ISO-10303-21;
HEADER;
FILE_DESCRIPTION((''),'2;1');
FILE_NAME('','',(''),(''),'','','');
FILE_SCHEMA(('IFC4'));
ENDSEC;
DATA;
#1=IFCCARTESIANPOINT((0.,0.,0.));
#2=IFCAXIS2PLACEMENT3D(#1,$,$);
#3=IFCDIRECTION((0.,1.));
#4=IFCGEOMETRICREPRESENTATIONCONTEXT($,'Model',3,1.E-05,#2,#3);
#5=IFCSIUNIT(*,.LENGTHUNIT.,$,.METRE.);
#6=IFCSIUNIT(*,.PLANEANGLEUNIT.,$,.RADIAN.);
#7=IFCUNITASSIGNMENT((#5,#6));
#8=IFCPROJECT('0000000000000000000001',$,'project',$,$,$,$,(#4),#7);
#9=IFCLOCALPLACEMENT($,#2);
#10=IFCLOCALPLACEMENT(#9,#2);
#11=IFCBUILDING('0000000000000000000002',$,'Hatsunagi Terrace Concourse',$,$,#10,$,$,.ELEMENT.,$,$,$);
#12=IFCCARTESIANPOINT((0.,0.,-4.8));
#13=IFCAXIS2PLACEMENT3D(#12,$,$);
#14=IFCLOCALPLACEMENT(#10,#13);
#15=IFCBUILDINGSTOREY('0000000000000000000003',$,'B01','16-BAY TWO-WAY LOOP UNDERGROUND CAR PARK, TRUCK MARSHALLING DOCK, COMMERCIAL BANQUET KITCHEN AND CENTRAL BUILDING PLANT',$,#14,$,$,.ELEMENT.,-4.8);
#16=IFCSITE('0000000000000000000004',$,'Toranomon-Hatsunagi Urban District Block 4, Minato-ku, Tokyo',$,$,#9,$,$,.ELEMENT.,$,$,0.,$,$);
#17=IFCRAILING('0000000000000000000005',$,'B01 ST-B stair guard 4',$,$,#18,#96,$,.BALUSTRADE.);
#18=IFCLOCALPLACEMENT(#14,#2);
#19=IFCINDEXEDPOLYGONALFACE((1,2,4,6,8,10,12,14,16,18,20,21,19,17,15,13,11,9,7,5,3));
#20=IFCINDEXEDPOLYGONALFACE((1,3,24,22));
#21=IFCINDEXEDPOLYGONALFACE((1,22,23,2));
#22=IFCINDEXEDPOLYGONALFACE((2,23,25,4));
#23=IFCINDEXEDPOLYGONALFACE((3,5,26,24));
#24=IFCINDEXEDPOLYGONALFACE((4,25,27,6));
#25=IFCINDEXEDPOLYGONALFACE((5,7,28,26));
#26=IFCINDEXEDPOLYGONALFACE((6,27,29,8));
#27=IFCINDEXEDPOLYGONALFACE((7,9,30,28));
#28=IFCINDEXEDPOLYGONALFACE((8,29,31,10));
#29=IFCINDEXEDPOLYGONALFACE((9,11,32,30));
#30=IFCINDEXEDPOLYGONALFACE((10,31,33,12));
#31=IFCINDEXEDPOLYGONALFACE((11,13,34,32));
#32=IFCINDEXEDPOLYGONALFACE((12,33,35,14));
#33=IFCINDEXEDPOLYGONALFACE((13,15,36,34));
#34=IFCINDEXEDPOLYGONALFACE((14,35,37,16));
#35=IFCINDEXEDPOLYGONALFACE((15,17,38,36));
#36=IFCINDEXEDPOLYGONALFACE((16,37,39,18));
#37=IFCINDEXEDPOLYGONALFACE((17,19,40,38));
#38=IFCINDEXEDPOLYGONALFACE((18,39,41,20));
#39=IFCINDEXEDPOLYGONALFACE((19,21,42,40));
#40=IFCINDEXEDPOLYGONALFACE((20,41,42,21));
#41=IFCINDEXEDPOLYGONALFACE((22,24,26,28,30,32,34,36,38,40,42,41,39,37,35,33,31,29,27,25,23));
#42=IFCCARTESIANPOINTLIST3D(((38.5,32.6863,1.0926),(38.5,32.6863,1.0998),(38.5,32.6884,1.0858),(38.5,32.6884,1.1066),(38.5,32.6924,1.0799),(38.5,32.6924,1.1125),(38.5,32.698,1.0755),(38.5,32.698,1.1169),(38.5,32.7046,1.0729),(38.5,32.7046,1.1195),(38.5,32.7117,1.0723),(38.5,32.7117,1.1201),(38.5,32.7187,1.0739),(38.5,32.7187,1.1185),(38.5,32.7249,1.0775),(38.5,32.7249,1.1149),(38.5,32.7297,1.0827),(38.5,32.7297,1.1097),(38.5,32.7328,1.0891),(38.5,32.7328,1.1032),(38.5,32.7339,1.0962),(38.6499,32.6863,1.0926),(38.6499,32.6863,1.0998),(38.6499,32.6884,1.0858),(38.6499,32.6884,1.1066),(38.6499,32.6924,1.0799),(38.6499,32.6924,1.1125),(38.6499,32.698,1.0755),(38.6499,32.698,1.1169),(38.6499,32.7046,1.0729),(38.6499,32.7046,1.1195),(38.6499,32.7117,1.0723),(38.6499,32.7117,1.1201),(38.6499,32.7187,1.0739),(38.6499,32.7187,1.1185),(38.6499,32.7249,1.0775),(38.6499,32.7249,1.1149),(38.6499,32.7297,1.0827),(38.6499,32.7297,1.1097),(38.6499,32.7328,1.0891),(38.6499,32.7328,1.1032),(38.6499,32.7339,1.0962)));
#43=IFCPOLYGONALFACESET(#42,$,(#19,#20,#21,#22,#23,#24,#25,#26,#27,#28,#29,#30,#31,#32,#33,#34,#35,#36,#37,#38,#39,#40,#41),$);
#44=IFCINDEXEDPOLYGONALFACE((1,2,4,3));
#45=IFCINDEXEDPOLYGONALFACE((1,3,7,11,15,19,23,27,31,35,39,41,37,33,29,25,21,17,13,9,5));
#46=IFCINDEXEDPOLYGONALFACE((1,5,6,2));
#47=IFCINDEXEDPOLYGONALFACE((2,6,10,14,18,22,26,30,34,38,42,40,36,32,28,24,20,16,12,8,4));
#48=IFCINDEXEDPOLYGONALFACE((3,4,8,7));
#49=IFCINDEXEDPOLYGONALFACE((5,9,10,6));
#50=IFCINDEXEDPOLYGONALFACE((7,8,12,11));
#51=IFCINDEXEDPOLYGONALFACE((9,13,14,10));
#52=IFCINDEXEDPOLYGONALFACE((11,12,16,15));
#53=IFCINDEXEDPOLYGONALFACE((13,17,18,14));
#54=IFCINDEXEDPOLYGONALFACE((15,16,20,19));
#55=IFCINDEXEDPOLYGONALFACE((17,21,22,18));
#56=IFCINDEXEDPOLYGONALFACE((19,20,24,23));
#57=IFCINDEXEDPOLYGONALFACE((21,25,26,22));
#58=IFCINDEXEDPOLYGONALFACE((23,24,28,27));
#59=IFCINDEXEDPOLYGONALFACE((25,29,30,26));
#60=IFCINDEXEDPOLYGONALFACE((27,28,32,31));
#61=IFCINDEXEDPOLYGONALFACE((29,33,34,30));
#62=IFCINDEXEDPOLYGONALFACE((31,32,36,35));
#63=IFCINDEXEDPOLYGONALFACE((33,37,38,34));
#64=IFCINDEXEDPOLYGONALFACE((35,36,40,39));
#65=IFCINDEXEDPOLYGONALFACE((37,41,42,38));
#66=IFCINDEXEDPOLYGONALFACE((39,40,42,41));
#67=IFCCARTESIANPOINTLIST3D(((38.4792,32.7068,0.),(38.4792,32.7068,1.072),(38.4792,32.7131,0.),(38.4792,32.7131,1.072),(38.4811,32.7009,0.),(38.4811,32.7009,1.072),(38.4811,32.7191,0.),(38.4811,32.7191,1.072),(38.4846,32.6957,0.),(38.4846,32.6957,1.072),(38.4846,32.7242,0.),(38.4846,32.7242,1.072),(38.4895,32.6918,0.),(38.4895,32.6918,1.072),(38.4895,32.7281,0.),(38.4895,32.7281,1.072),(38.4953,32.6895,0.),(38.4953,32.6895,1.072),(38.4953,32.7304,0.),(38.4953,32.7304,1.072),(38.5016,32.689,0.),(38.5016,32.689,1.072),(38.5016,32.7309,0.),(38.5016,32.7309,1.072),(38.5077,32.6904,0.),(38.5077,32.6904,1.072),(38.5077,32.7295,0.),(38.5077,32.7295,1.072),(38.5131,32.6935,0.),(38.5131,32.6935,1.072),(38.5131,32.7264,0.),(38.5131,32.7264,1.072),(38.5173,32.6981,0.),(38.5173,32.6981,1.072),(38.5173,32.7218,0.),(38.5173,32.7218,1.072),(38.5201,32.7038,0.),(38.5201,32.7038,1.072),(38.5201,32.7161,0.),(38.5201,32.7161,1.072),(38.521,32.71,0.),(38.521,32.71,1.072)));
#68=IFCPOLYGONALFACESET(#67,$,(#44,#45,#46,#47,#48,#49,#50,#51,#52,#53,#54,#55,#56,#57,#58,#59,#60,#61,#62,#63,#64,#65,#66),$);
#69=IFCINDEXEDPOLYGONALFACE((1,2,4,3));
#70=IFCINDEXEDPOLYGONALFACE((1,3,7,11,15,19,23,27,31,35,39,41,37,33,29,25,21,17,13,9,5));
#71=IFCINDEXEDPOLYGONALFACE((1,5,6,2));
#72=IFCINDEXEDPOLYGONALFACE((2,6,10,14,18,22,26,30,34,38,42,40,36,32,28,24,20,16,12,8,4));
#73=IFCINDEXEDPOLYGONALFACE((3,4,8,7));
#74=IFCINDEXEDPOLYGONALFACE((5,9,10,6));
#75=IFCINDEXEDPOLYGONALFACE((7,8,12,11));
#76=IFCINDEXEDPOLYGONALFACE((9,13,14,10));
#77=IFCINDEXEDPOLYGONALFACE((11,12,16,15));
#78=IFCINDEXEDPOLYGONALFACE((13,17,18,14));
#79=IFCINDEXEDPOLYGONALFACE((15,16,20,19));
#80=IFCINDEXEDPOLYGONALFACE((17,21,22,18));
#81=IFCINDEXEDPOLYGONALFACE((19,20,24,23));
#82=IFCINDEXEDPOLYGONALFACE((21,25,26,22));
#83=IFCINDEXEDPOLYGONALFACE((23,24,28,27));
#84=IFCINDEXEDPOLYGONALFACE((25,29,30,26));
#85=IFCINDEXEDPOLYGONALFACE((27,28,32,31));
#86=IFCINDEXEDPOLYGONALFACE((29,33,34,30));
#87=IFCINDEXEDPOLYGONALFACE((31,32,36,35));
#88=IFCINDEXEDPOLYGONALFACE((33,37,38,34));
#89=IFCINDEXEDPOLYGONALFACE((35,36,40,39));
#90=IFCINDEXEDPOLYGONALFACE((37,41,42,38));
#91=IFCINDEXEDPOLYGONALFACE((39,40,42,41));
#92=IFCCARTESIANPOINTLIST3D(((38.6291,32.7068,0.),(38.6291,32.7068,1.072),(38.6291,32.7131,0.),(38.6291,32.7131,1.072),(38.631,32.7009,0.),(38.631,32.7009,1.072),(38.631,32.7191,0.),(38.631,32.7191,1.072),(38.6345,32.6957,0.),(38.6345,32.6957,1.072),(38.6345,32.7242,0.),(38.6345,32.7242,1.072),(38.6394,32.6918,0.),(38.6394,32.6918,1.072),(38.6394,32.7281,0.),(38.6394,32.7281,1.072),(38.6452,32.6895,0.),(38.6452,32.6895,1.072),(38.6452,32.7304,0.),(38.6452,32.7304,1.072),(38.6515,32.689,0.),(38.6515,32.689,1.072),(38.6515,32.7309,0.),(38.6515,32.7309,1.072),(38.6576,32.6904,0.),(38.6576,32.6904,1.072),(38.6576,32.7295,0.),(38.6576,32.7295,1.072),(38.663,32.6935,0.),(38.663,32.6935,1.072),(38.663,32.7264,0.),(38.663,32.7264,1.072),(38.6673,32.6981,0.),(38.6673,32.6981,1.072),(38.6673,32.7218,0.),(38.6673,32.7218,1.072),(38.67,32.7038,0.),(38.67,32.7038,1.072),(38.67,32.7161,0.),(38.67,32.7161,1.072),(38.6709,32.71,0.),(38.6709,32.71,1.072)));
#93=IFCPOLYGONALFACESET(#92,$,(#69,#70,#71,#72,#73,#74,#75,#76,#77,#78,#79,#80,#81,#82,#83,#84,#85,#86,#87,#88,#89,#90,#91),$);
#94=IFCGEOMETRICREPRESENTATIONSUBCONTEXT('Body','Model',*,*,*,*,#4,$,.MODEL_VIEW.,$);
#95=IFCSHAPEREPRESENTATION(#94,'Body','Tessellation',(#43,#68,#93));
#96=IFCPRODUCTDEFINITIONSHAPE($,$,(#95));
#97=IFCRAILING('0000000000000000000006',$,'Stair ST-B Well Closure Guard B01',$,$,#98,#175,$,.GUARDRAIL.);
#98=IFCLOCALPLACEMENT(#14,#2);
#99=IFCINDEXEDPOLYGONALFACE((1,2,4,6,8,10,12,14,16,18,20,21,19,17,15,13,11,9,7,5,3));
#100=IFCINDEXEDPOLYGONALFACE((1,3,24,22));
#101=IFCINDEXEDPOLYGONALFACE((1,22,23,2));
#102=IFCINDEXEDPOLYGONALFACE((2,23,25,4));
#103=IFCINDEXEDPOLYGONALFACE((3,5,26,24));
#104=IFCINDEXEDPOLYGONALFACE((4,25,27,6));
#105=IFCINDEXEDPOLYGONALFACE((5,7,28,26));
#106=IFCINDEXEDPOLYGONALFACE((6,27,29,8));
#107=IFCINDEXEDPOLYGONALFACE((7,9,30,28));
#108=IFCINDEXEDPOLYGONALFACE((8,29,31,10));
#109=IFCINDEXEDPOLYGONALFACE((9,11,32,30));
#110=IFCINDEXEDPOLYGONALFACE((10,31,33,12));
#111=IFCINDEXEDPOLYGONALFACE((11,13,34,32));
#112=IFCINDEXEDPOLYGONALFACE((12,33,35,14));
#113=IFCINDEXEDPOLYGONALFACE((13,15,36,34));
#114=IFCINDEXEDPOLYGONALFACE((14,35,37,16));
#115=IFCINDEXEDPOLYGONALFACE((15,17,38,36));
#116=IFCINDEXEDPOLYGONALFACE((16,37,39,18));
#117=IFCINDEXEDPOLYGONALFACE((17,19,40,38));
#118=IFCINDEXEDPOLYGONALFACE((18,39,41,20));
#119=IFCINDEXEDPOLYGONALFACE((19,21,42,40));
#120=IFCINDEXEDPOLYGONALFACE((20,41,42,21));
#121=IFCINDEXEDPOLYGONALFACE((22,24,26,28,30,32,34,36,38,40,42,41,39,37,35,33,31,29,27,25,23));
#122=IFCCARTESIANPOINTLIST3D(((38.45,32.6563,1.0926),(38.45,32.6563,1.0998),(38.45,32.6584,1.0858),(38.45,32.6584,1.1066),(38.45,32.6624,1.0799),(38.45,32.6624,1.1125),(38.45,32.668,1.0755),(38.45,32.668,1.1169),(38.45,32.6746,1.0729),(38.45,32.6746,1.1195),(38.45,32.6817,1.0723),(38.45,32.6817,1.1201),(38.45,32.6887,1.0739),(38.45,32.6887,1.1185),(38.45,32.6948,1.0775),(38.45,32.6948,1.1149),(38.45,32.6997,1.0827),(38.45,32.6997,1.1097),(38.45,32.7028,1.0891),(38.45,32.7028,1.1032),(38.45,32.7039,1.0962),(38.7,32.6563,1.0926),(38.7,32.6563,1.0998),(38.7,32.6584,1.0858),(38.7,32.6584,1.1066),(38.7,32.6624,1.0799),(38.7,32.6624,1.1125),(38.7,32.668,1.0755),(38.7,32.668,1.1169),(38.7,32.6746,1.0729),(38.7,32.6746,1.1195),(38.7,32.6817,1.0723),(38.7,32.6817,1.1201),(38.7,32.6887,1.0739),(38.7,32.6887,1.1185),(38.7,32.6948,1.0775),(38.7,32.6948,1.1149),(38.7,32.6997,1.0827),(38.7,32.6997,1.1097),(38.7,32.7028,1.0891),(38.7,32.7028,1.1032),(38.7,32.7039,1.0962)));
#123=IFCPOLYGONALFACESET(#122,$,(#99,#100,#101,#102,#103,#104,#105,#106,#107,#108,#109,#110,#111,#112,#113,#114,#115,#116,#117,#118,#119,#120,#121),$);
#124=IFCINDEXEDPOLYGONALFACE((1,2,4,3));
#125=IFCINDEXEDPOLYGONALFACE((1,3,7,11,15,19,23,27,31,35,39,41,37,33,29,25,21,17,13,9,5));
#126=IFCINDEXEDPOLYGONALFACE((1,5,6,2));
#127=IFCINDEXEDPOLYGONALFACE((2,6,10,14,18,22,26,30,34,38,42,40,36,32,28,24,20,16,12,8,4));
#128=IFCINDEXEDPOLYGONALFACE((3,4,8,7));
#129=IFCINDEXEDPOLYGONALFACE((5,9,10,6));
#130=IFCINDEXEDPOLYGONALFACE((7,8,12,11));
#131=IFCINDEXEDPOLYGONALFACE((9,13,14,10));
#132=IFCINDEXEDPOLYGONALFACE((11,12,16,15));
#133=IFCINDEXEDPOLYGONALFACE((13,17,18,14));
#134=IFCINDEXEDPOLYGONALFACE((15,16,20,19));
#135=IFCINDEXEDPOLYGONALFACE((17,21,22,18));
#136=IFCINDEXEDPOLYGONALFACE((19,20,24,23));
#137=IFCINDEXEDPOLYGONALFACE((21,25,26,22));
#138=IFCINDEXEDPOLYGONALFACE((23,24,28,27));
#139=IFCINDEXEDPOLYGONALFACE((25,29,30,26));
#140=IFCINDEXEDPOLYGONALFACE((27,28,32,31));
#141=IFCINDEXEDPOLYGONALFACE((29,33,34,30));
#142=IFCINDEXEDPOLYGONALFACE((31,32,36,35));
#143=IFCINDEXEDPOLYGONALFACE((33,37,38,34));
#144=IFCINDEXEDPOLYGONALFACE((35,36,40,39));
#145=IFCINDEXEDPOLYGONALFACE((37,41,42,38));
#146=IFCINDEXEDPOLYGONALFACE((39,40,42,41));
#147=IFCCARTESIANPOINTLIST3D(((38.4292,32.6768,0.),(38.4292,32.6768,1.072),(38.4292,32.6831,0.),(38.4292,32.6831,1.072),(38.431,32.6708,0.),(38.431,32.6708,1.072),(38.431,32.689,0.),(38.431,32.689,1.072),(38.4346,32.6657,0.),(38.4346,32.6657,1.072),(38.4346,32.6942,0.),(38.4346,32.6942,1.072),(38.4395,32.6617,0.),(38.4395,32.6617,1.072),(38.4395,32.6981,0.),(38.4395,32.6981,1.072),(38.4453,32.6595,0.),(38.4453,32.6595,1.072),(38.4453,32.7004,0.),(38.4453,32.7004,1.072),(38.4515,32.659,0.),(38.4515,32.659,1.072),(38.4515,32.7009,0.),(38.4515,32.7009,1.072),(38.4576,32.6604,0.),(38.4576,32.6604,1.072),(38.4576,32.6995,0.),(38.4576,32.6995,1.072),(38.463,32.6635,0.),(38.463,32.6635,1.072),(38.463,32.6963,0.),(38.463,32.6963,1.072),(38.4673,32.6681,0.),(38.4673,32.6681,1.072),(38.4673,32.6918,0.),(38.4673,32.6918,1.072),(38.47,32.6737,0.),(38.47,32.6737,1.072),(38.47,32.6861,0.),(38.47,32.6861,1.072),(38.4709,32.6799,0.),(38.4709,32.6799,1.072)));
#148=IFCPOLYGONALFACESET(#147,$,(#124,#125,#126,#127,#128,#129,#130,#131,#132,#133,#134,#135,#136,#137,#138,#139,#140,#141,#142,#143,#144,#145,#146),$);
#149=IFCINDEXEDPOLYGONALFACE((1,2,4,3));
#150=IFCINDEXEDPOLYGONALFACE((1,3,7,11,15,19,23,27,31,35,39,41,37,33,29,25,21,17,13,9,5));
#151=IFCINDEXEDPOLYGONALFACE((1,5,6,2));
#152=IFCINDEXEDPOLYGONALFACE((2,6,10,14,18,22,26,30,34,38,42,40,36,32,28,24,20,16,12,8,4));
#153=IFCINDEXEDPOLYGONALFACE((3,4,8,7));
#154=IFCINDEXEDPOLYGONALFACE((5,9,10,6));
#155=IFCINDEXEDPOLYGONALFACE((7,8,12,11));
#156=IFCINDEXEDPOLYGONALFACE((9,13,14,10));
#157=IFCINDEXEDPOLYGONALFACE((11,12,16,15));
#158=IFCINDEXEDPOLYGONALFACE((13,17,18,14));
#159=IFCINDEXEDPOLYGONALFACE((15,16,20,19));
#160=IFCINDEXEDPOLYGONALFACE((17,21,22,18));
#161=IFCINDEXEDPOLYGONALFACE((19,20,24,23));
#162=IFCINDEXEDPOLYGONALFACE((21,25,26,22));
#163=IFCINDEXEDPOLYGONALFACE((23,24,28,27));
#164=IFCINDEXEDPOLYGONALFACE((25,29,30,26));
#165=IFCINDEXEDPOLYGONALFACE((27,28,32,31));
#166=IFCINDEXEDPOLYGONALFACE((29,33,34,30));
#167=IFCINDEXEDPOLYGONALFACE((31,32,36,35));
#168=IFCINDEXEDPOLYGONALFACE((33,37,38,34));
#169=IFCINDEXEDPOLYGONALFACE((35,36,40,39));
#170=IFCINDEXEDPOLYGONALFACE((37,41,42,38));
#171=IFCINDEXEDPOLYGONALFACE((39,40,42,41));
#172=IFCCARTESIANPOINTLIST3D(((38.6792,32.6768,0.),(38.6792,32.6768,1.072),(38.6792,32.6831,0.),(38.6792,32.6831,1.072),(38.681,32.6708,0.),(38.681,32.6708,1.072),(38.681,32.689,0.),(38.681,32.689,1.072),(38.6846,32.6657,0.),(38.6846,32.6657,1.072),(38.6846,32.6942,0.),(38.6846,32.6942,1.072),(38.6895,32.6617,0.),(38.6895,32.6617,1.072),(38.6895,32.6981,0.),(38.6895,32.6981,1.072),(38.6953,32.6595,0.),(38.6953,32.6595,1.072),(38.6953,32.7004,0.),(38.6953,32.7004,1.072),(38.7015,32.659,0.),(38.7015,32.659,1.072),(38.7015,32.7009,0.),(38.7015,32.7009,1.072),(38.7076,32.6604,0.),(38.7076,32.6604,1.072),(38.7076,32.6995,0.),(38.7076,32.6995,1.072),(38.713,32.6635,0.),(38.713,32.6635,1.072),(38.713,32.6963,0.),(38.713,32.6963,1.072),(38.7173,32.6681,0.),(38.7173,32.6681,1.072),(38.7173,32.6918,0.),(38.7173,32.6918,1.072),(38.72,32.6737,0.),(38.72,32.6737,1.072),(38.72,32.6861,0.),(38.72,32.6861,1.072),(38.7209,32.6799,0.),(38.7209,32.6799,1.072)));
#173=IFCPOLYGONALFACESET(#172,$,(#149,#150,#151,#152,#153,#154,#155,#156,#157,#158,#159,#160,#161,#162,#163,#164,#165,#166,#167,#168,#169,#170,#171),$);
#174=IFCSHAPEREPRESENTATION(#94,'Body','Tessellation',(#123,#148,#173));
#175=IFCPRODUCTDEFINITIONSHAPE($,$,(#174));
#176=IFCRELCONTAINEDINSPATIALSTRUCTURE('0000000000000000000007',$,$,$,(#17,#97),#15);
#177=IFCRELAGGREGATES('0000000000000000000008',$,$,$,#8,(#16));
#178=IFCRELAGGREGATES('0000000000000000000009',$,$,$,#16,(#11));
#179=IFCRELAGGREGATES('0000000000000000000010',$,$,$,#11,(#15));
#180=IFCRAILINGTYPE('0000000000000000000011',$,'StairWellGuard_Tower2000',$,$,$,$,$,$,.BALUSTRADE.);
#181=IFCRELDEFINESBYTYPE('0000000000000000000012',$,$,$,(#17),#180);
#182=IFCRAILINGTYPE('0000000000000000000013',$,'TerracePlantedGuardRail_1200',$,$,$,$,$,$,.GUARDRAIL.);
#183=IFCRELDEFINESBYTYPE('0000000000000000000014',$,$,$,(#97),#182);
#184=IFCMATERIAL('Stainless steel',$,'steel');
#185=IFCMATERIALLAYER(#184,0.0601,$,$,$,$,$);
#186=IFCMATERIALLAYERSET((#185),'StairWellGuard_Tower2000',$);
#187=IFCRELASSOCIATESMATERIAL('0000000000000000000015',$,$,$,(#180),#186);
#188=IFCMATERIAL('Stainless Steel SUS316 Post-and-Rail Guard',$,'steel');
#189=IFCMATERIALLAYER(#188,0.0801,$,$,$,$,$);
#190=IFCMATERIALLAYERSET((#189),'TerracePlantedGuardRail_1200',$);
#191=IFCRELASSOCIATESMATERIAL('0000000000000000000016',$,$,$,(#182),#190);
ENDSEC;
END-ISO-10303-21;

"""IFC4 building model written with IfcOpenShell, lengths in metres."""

from ifc_helpers import new_model, si_unit, direction, frame, origin, origin_2d, place, context, subcontext, project, spatial, circle, extrude, material, layer, layer_set, type_object, element, save


model = new_model("IFC4")

# Units and contexts
model_context = context("Model", 3, precision=1e-05, world=origin(), true_north=direction((0.0, 1.0)))
body_context = subcontext(model_context, "Body", "Model", "MODEL_VIEW")
ifc_project = project(units=[si_unit("LENGTHUNIT", "METRE"), si_unit("PLANEANGLEUNIT", "RADIAN")], contexts=[model_context])

# Site, building, storey
site_placement = place(None, origin())
site = spatial("IfcSite", under=ifc_project, at=site_placement, Name="Toranomon-Hatsunagi Urban District Block 4, Minato-ku, Tokyo", CompositionType="ELEMENT", RefElevation=0.0)
building_placement = place(site_placement, origin())
building = spatial("IfcBuilding", under=site, at=building_placement, Name="Hatsunagi Terrace Concourse", CompositionType="ELEMENT")
storey_placement = place(building_placement, frame((0.0, 0.0, -4.8)))
storey = spatial("IfcBuildingStorey", under=building, at=storey_placement, Name="B01", Description="16-BAY TWO-WAY LOOP UNDERGROUND CAR PARK, TRUCK MARSHALLING DOCK, COMMERCIAL BANQUET KITCHEN AND CENTRAL BUILDING PLANT", CompositionType="ELEMENT", Elevation=-4.8)

# Railings
ifc_material_1 = material(Name="Stainless steel", Category="steel")
ifc_layer_1 = layer(ifc_material_1, 0.0601)
ifc_layer_set_1 = layer_set([ifc_layer_1], Name="StairWellGuard_Tower2000")
railing_type_1 = type_object("IfcRailingType", Name="StairWellGuard_Tower2000", PredefinedType="BALUSTRADE", material=ifc_layer_set_1)
railing_1_placement = place(storey_placement, frame((38.5, 32.71, 0.0)))
element("IfcRailing", 1, at=railing_1_placement, inside=storey, type_object=railing_type_1, Name="B01 ST-B stair guard 4", PredefinedType="BALUSTRADE", context=body_context, shape_type="SweptSolid", body=[
    extrude(circle(Radius=0.0239, at=origin_2d()), frame((0.0, 0.0, 1.0962), z_axis=(1.0, 0.0, 0.0), x_axis=(0.0, 1.0, 0.0)), (0.0, 0.0, 1.0), 0.1499),
    extrude(circle(Radius=0.021, at=origin_2d()), origin(), (0.0, 0.0, 1.0), 1.072),
    extrude(circle(Radius=0.021, at=origin_2d()), frame((0.1499, 0.0, 0.0)), (0.0, 0.0, 1.0), 1.072),
])
ifc_material_2 = material(Name="Stainless Steel SUS316 Post-and-Rail Guard", Category="steel")
ifc_layer_2 = layer(ifc_material_2, 0.0801)
ifc_layer_set_2 = layer_set([ifc_layer_2], Name="TerracePlantedGuardRail_1200")
railing_type_2 = type_object("IfcRailingType", Name="TerracePlantedGuardRail_1200", PredefinedType="GUARDRAIL", material=ifc_layer_set_2)
railing_2_placement = place(storey_placement, frame((38.45, 32.6799, 0.0)))
element("IfcRailing", 2, at=railing_2_placement, inside=storey, type_object=railing_type_2, Name="Stair ST-B Well Closure Guard B01", PredefinedType="GUARDRAIL", context=body_context, shape_type="SweptSolid", body=[
    extrude(circle(Radius=0.0239, at=origin_2d()), frame((0.0, 0.0, 1.0962), z_axis=(1.0, 0.0, 0.0), x_axis=(0.0, 1.0, 0.0)), (0.0, 0.0, 1.0), 0.25),
    extrude(circle(Radius=0.021, at=origin_2d()), origin(), (0.0, 0.0, 1.0), 1.072),
    extrude(circle(Radius=0.021, at=origin_2d()), frame((0.25, 0.0, 0.0)), (0.0, 0.0, 1.0), 1.072),
])

save(model, "model.ifc")
